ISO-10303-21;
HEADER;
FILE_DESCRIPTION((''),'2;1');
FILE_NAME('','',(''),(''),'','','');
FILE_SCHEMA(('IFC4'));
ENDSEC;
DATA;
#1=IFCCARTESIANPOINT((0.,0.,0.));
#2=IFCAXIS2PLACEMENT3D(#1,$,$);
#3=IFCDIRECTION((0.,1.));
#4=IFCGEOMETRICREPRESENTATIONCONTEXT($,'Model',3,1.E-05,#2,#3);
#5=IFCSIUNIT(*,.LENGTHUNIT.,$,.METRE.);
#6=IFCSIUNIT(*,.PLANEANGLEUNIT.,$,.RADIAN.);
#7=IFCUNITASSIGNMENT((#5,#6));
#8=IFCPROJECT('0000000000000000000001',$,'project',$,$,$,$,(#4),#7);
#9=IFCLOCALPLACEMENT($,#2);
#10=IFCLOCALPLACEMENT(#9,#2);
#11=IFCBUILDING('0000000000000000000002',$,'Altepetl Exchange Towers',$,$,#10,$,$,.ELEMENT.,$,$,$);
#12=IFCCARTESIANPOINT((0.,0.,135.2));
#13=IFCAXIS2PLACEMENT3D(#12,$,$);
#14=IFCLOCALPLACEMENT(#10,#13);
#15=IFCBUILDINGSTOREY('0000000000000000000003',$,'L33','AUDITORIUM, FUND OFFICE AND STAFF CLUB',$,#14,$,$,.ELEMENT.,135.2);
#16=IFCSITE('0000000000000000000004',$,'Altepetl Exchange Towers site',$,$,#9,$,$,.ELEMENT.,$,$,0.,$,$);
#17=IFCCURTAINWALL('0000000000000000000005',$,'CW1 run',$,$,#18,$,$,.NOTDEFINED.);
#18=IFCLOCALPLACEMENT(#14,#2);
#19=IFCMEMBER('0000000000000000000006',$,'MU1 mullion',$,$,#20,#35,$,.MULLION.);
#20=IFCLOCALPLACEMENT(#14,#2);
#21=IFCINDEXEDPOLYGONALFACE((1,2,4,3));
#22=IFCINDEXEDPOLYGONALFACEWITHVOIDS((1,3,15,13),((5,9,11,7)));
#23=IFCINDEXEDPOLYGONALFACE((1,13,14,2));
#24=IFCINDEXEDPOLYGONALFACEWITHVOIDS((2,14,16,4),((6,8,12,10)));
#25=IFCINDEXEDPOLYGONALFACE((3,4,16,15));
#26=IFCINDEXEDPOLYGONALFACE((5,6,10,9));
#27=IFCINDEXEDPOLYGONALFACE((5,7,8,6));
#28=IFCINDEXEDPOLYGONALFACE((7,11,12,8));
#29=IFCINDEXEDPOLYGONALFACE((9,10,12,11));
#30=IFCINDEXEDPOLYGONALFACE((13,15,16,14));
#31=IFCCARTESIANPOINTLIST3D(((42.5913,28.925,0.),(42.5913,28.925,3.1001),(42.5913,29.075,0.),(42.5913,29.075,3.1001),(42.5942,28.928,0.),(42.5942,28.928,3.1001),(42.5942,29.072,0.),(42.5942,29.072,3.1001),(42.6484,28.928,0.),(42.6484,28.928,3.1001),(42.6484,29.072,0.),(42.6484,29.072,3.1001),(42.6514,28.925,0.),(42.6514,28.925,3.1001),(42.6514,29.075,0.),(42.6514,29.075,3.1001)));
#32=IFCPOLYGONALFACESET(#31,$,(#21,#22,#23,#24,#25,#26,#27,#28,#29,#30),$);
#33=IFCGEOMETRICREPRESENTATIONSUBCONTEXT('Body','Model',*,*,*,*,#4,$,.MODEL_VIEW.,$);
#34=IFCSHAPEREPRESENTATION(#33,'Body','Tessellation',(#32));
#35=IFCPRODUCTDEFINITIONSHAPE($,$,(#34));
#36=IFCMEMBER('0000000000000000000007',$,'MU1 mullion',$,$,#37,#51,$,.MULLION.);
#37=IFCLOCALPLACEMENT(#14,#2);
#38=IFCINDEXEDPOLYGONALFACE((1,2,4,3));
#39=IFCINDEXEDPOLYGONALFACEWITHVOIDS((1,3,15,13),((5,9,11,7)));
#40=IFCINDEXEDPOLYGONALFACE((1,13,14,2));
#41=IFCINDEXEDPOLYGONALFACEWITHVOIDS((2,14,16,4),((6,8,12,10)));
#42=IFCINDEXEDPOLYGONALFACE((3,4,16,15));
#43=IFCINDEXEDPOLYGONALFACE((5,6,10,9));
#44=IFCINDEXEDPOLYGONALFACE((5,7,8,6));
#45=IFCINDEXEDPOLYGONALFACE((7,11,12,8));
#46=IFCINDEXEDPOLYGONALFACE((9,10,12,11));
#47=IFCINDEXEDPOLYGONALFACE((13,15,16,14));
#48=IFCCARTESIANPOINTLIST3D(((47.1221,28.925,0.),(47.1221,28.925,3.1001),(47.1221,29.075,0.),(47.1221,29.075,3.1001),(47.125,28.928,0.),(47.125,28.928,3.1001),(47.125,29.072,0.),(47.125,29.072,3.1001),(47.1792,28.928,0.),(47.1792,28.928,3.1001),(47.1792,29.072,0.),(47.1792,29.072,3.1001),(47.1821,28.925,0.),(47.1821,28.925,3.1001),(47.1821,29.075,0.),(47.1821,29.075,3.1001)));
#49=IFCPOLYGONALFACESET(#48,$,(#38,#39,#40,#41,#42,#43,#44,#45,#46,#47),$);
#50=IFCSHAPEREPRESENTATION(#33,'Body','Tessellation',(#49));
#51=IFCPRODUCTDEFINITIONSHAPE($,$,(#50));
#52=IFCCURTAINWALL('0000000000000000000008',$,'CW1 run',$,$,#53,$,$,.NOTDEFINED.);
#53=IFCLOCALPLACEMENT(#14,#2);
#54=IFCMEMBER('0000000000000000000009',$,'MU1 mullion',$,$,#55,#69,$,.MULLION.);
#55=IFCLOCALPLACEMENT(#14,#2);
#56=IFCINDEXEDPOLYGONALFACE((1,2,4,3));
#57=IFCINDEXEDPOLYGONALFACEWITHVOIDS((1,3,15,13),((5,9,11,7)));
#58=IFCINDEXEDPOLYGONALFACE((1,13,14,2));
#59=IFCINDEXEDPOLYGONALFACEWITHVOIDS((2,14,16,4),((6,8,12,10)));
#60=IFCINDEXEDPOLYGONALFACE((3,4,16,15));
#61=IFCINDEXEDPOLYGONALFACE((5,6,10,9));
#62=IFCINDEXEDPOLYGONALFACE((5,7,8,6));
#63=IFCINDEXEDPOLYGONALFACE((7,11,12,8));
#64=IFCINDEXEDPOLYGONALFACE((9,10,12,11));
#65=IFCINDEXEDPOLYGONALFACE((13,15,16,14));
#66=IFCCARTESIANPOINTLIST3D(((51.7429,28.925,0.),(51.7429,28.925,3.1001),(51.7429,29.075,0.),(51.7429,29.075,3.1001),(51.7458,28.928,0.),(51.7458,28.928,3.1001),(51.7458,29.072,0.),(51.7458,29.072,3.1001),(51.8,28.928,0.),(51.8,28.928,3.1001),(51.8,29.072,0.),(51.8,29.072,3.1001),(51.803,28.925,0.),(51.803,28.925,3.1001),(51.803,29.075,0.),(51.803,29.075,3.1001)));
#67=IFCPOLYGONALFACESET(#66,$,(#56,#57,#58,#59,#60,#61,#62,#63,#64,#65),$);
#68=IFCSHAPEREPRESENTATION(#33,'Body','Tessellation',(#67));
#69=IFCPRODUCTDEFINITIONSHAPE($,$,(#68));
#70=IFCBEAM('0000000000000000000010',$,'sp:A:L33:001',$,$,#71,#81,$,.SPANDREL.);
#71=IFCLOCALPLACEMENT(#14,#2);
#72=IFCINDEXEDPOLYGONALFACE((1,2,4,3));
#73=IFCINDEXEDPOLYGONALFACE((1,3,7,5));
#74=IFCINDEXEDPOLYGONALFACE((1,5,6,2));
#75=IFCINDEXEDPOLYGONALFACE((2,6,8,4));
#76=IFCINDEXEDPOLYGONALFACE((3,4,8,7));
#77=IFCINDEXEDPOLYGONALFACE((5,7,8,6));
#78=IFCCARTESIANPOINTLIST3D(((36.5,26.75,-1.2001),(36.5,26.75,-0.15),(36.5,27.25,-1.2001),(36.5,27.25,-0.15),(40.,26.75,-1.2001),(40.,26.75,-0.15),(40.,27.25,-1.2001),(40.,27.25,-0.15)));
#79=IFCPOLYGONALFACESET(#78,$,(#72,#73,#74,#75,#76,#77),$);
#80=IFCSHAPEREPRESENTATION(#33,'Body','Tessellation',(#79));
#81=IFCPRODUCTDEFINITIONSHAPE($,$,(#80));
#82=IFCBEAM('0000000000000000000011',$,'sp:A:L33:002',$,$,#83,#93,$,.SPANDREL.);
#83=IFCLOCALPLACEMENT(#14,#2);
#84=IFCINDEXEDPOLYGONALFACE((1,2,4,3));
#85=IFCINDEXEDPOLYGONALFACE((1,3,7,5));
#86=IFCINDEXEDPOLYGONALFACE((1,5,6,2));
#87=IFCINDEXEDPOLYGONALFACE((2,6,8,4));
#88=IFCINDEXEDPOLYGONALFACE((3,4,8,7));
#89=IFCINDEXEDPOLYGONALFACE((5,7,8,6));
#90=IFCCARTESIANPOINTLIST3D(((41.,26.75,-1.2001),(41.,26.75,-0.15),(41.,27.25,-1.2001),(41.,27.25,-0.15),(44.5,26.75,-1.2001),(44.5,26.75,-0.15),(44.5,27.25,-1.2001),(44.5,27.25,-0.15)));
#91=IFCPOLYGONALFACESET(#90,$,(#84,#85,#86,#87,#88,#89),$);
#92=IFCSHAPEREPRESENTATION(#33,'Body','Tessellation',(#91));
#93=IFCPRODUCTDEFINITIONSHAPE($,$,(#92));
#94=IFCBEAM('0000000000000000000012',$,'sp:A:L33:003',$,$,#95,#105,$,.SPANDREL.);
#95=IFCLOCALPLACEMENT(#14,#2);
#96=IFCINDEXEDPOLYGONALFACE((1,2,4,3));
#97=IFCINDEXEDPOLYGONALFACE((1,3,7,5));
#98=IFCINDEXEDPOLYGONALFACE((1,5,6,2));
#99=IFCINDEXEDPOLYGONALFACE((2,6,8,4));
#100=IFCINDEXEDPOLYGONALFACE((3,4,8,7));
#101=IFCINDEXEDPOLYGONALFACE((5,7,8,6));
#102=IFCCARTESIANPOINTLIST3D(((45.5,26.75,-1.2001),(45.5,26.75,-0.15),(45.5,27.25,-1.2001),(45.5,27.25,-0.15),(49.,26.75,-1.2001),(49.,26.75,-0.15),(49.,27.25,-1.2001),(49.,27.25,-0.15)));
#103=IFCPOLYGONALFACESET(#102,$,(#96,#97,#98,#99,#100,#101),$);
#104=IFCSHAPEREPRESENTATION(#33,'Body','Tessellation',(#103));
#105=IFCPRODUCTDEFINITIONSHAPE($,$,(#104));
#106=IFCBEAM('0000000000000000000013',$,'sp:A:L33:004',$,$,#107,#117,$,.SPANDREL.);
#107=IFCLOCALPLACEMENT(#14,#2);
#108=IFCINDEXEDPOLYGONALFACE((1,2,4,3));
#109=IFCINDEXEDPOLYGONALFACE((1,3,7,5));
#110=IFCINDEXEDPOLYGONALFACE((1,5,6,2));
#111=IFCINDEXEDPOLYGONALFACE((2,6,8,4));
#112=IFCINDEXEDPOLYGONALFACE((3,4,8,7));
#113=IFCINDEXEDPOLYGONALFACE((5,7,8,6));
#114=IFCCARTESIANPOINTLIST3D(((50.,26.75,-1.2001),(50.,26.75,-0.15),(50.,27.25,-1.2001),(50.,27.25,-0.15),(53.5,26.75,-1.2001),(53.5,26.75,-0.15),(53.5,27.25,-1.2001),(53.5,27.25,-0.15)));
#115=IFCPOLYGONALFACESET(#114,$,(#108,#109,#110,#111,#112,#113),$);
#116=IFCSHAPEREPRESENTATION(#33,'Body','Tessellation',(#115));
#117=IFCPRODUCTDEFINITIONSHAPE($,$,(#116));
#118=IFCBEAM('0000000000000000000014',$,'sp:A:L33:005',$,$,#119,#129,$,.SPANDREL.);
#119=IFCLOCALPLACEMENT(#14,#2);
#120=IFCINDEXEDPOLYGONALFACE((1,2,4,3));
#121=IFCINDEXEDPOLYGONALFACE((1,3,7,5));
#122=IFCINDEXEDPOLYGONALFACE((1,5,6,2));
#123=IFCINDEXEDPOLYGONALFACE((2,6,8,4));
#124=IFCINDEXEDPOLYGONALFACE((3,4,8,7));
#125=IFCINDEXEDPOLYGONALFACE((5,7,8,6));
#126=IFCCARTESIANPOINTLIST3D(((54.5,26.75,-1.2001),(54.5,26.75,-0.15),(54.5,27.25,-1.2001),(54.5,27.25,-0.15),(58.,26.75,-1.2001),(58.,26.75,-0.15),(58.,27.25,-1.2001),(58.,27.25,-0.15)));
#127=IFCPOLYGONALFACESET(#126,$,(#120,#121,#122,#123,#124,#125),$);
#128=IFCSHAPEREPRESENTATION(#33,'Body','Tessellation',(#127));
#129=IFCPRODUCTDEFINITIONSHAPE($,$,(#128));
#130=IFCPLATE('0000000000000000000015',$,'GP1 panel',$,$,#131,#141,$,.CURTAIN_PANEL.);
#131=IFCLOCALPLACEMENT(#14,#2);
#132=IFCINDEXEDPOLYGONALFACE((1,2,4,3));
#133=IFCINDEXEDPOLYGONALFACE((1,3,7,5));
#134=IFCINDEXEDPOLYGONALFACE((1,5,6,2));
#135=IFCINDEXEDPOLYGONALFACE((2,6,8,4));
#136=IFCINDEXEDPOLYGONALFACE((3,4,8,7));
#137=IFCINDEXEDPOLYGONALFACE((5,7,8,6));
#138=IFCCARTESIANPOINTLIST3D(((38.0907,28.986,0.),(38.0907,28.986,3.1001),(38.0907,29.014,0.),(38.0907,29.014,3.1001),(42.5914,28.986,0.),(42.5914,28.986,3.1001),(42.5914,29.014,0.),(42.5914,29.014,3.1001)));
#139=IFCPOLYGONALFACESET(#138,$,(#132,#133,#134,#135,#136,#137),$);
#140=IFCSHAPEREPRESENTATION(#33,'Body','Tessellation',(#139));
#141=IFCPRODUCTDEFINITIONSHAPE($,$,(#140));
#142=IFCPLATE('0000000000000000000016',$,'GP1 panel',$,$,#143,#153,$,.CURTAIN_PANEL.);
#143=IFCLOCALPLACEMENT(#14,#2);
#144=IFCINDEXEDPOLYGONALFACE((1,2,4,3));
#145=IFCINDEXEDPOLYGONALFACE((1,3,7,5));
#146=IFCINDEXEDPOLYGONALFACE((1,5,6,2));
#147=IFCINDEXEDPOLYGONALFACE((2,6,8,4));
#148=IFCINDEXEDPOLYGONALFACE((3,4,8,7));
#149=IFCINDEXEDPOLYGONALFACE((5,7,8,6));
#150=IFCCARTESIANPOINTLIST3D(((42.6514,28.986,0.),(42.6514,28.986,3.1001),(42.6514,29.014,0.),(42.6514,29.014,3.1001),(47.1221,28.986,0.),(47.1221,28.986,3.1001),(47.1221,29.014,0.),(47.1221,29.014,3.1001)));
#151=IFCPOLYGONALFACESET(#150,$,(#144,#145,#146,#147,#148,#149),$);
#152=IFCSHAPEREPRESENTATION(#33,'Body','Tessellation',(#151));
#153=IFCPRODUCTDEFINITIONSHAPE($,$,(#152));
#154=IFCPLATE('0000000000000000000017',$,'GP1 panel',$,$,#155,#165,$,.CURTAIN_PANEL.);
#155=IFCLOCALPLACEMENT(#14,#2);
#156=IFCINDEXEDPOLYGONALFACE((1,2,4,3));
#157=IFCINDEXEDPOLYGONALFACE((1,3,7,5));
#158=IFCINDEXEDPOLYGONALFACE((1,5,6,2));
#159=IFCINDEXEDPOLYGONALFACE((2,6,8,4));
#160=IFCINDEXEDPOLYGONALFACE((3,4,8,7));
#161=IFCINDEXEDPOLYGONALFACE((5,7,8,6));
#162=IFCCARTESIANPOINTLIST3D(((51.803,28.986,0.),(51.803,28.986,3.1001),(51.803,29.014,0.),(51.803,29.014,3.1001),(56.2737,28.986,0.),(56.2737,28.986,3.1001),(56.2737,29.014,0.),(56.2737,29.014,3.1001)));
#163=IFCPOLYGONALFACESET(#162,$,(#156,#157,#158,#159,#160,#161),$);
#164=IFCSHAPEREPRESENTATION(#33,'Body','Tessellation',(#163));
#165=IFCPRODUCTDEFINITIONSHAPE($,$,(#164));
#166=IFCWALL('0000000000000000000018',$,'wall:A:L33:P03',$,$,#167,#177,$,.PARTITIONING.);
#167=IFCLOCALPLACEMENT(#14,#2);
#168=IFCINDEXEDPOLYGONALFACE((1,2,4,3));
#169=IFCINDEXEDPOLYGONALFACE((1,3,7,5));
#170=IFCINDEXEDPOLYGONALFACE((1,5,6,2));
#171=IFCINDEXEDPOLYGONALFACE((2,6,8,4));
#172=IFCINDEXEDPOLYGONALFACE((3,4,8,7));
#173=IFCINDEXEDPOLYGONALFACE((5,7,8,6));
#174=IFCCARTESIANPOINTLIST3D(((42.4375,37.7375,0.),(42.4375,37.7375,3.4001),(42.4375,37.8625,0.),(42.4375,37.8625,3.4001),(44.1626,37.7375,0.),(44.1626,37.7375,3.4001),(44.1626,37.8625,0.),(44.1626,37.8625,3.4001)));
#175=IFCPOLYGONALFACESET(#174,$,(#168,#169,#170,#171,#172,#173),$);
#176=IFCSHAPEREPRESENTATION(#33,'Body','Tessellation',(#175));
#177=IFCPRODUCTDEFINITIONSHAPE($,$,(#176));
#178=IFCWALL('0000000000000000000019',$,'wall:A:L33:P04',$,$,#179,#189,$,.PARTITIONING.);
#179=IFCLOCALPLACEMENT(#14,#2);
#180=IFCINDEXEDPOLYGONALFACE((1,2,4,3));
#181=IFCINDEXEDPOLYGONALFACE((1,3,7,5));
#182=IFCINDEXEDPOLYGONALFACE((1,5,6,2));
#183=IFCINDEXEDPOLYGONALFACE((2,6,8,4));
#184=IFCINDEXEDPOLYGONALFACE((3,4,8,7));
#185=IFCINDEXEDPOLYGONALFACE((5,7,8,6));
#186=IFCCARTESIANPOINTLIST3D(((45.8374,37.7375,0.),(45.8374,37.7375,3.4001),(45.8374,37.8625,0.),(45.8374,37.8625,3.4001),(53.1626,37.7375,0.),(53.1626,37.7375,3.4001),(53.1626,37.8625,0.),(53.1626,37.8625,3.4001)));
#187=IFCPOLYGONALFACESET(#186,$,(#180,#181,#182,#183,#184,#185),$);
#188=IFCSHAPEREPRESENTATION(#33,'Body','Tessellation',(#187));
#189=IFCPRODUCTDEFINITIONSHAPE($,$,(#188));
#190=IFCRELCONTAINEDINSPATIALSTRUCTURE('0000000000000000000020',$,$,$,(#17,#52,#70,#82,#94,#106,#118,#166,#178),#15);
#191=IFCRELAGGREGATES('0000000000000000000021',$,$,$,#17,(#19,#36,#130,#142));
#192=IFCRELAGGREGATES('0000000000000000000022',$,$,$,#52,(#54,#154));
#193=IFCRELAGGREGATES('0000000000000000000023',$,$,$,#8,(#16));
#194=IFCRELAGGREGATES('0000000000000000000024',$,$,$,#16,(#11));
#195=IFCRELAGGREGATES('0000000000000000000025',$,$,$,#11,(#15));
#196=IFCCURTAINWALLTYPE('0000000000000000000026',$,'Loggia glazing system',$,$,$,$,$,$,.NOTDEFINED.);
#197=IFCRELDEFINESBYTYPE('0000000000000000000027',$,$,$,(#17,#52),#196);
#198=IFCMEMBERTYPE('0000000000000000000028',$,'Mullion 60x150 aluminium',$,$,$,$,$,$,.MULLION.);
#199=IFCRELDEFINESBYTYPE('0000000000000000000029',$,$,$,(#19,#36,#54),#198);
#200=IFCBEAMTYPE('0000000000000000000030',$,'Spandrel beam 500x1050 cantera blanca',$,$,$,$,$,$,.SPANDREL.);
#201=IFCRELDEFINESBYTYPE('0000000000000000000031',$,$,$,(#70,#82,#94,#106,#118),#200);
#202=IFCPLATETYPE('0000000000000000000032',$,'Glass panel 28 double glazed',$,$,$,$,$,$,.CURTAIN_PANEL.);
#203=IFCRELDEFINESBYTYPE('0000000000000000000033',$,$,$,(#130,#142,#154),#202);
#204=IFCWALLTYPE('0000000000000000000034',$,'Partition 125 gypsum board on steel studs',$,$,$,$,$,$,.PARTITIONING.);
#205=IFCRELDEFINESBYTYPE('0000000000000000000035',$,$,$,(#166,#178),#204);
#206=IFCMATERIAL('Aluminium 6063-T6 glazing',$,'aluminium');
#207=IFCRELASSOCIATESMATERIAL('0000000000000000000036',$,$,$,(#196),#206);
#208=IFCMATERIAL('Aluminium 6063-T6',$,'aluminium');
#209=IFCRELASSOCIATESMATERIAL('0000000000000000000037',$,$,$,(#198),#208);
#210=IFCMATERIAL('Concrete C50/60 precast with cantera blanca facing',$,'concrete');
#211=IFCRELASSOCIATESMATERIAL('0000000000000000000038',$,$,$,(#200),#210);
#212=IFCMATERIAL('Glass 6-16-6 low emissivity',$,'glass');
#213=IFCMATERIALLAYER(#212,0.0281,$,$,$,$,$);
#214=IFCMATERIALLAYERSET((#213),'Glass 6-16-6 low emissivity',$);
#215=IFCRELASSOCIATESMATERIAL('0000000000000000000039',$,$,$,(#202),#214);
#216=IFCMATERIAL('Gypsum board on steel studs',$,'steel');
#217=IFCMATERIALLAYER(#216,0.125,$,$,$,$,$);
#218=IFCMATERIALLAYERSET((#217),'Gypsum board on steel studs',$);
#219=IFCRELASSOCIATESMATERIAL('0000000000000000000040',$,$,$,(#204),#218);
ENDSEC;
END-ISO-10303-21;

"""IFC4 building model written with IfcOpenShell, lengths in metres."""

from ifc_helpers import new_model, si_unit, direction, frame, frame_2d, origin, origin_2d, place, context, subcontext, project, spatial, rectangle, hollow_rectangle, extrude, material, layer, layer_set, material_profile, profile_set, type_object, element, aggregate, save


model = new_model("IFC4")

# Units and contexts
model_context = context("Model", 3, precision=1e-05, world=origin(), true_north=direction((0.0, 1.0)))
body_context = subcontext(model_context, "Body", "Model", "MODEL_VIEW")
ifc_project = project(units=[si_unit("LENGTHUNIT", "METRE"), si_unit("PLANEANGLEUNIT", "RADIAN")], contexts=[model_context])

# Site, building, storey
site_placement = place(None, origin())
site = spatial("IfcSite", under=ifc_project, at=site_placement, Name="Altepetl Exchange Towers site", CompositionType="ELEMENT", RefElevation=0.0)
building_placement = place(site_placement, origin())
building = spatial("IfcBuilding", under=site, at=building_placement, Name="Altepetl Exchange Towers", CompositionType="ELEMENT")
storey_placement = place(building_placement, frame((0.0, 0.0, 135.2)))
storey = spatial("IfcBuildingStorey", under=building, at=storey_placement, Name="L33", Description="AUDITORIUM, FUND OFFICE AND STAFF CLUB", CompositionType="ELEMENT", Elevation=135.2)

# Shared definitions
ifc_material_1 = material(Name="Aluminium 6063-T6 glazing", Category="aluminium")
curtain_wall_type = type_object("IfcCurtainWallType", Name="Loggia glazing system", PredefinedType="NOTDEFINED", material=ifc_material_1)
ifc_material_2 = material(Name="Aluminium 6063-T6", Category="aluminium")
ifc_material_profile_1 = material_profile(ifc_material_2, hollow_rectangle(XDim=0.0601, YDim=0.1499, WallThickness=0.0029, at=origin_2d()), Name="Mullion 60x150 aluminium")
ifc_profile_set_1 = profile_set([ifc_material_profile_1], Name="Aluminium 6063-T6")
member_type = type_object("IfcMemberType", Name="Mullion 60x150 aluminium", PredefinedType="MULLION", material=ifc_profile_set_1)

# Curtain wall, members
curtain_wall_1_placement = place(storey_placement, origin())
curtain_wall_1 = element("IfcCurtainWall", 1, at=curtain_wall_1_placement, inside=storey, type_object=curtain_wall_type, Name="CW1 run", PredefinedType="NOTDEFINED")
member_1_placement = place(storey_placement, frame((42.6213, 29.0, 0.0)))
member_1 = element("IfcMember", 2, at=member_1_placement, type_object=member_type, Name="MU1 mullion", PredefinedType="MULLION", context=body_context, shape_type="SweptSolid", body=[
    extrude(hollow_rectangle(XDim=0.0601, YDim=0.1499, WallThickness=0.0029, at=origin_2d()), origin(), (0.0, 0.0, 1.0), 3.1001),
])
member_2_placement = place(storey_placement, frame((47.1521, 29.0, 0.0)))
member_2 = element("IfcMember", 3, at=member_2_placement, type_object=member_type, Name="MU1 mullion", PredefinedType="MULLION", context=body_context, shape_type="SweptSolid", body=[
    extrude(hollow_rectangle(XDim=0.0601, YDim=0.1499, WallThickness=0.0029, at=origin_2d()), origin(), (0.0, 0.0, 1.0), 3.1001),
])

# Curtain wall, member
curtain_wall_2_placement = place(storey_placement, origin())
curtain_wall_2 = element("IfcCurtainWall", 4, at=curtain_wall_2_placement, inside=storey, type_object=curtain_wall_type, Name="CW1 run", PredefinedType="NOTDEFINED")
member_3_placement = place(storey_placement, frame((51.7729, 29.0, 0.0)))
member_3 = element("IfcMember", 5, at=member_3_placement, type_object=member_type, Name="MU1 mullion", PredefinedType="MULLION", context=body_context, shape_type="SweptSolid", body=[
    extrude(hollow_rectangle(XDim=0.0601, YDim=0.1499, WallThickness=0.0029, at=origin_2d()), origin(), (0.0, 0.0, 1.0), 3.1001),
])

# Beams
ifc_material_3 = material(Name="Concrete C50/60 precast with cantera blanca facing", Category="concrete")
ifc_material_profile_2 = material_profile(ifc_material_3, rectangle(XDim=0.5, YDim=1.05, at=origin_2d()), Name="500 x 1050")
ifc_profile_set_2 = profile_set([ifc_material_profile_2], Name="Concrete C50/60 precast with cantera blanca facing")
beam_type_1 = type_object("IfcBeamType", Name="Spandrel beam 500x1050 cantera blanca", PredefinedType="SPANDREL", material=ifc_profile_set_2)
for number, where, z_axis, x_axis, name in (
    (6, (36.5, 27.0, -0.675), (1.0, 0.0, 0.0), (0.0, 1.0, 0.0), "sp:A:L33:001"),
    (7, (41.0, 27.0, -0.675), (1.0, 0.0, 0.0), (0.0, 1.0, 0.0), "sp:A:L33:002"),
    (8, (45.5, 27.0, -0.675), (1.0, 0.0, 0.0), (0.0, 1.0, 0.0), "sp:A:L33:003"),
    (9, (50.0, 27.0, -0.675), (1.0, 0.0, 0.0), (0.0, 1.0, 0.0), "sp:A:L33:004"),
    (10, (54.5, 27.0, -0.675), (1.0, 0.0, 0.0), (0.0, 1.0, 0.0), "sp:A:L33:005"),
):
    element("IfcBeam", number, at=place(storey_placement, frame(where, z_axis=z_axis, x_axis=x_axis)), inside=storey, type_object=beam_type_1, Name=name, PredefinedType="SPANDREL", context=body_context, shape_type="SweptSolid", body=[
        extrude(rectangle(XDim=0.5, YDim=1.05, at=origin_2d()), origin(), (0.0, 0.0, 1.0), 3.5),
    ])

# Plates
ifc_material_4 = material(Name="Glass 6-16-6 low emissivity", Category="glass")
ifc_layer_1 = layer(ifc_material_4, 0.0281)
ifc_layer_set_1 = layer_set([ifc_layer_1], Name="Glass 6-16-6 low emissivity")
plate_type = type_object("IfcPlateType", Name="Glass panel 28 double glazed", PredefinedType="CURTAIN_PANEL", material=ifc_layer_set_1)
plate_1_placement = place(storey_placement, frame((40.3411, 29.0, 0.0)))
plate_1 = element("IfcPlate", 11, at=plate_1_placement, type_object=plate_type, Name="GP1 panel", PredefinedType="CURTAIN_PANEL", context=body_context, shape_type="SweptSolid", body=[
    extrude(rectangle(XDim=4.5007, YDim=0.0281, at=origin_2d()), origin(), (0.0, 0.0, 1.0), 3.1001),
])
plate_2_placement = place(storey_placement, frame((44.8867, 29.0, 0.0)))
plate_2 = element("IfcPlate", 12, at=plate_2_placement, type_object=plate_type, Name="GP1 panel", PredefinedType="CURTAIN_PANEL", context=body_context, shape_type="SweptSolid", body=[
    extrude(rectangle(XDim=4.4707, YDim=0.0281, at=origin_2d()), origin(), (0.0, 0.0, 1.0), 3.1001),
])
aggregate(curtain_wall_1, [member_1, member_2, plate_1, plate_2])
plate_3_placement = place(storey_placement, frame((54.0383, 29.0, 0.0)))
plate_3 = element("IfcPlate", 13, at=plate_3_placement, type_object=plate_type, Name="GP1 panel", PredefinedType="CURTAIN_PANEL", context=body_context, shape_type="SweptSolid", body=[
    extrude(rectangle(XDim=4.4707, YDim=0.0281, at=origin_2d()), origin(), (0.0, 0.0, 1.0), 3.1001),
])
aggregate(curtain_wall_2, [member_3, plate_3])

# Walls
ifc_material_5 = material(Name="Gypsum board on steel studs", Category="steel")
ifc_layer_2 = layer(ifc_material_5, 0.125)
ifc_layer_set_2 = layer_set([ifc_layer_2], Name="Gypsum board on steel studs")
wall_type_1 = type_object("IfcWallType", Name="Partition 125 gypsum board on steel studs", PredefinedType="PARTITIONING", material=ifc_layer_set_2)
wall_1_placement = place(storey_placement, frame((42.4375, 37.8, 0.0)))
element("IfcWall", 14, at=wall_1_placement, inside=storey, type_object=wall_type_1, Name="wall:A:L33:P03", PredefinedType="PARTITIONING", context=body_context, shape_type="SweptSolid", body=[
    extrude(rectangle(XDim=1.7251, YDim=0.125, at=frame_2d((0.8625, 0.0))), origin(), (0.0, 0.0, 1.0), 3.4001),
])
wall_2_placement = place(storey_placement, frame((45.8374, 37.8, 0.0)))
element("IfcWall", 15, at=wall_2_placement, inside=storey, type_object=wall_type_1, Name="wall:A:L33:P04", PredefinedType="PARTITIONING", context=body_context, shape_type="SweptSolid", body=[
    extrude(rectangle(XDim=7.3252, YDim=0.125, at=frame_2d((3.6626, 0.0))), origin(), (0.0, 0.0, 1.0), 3.4001),
])

save(model, "model.ifc")
